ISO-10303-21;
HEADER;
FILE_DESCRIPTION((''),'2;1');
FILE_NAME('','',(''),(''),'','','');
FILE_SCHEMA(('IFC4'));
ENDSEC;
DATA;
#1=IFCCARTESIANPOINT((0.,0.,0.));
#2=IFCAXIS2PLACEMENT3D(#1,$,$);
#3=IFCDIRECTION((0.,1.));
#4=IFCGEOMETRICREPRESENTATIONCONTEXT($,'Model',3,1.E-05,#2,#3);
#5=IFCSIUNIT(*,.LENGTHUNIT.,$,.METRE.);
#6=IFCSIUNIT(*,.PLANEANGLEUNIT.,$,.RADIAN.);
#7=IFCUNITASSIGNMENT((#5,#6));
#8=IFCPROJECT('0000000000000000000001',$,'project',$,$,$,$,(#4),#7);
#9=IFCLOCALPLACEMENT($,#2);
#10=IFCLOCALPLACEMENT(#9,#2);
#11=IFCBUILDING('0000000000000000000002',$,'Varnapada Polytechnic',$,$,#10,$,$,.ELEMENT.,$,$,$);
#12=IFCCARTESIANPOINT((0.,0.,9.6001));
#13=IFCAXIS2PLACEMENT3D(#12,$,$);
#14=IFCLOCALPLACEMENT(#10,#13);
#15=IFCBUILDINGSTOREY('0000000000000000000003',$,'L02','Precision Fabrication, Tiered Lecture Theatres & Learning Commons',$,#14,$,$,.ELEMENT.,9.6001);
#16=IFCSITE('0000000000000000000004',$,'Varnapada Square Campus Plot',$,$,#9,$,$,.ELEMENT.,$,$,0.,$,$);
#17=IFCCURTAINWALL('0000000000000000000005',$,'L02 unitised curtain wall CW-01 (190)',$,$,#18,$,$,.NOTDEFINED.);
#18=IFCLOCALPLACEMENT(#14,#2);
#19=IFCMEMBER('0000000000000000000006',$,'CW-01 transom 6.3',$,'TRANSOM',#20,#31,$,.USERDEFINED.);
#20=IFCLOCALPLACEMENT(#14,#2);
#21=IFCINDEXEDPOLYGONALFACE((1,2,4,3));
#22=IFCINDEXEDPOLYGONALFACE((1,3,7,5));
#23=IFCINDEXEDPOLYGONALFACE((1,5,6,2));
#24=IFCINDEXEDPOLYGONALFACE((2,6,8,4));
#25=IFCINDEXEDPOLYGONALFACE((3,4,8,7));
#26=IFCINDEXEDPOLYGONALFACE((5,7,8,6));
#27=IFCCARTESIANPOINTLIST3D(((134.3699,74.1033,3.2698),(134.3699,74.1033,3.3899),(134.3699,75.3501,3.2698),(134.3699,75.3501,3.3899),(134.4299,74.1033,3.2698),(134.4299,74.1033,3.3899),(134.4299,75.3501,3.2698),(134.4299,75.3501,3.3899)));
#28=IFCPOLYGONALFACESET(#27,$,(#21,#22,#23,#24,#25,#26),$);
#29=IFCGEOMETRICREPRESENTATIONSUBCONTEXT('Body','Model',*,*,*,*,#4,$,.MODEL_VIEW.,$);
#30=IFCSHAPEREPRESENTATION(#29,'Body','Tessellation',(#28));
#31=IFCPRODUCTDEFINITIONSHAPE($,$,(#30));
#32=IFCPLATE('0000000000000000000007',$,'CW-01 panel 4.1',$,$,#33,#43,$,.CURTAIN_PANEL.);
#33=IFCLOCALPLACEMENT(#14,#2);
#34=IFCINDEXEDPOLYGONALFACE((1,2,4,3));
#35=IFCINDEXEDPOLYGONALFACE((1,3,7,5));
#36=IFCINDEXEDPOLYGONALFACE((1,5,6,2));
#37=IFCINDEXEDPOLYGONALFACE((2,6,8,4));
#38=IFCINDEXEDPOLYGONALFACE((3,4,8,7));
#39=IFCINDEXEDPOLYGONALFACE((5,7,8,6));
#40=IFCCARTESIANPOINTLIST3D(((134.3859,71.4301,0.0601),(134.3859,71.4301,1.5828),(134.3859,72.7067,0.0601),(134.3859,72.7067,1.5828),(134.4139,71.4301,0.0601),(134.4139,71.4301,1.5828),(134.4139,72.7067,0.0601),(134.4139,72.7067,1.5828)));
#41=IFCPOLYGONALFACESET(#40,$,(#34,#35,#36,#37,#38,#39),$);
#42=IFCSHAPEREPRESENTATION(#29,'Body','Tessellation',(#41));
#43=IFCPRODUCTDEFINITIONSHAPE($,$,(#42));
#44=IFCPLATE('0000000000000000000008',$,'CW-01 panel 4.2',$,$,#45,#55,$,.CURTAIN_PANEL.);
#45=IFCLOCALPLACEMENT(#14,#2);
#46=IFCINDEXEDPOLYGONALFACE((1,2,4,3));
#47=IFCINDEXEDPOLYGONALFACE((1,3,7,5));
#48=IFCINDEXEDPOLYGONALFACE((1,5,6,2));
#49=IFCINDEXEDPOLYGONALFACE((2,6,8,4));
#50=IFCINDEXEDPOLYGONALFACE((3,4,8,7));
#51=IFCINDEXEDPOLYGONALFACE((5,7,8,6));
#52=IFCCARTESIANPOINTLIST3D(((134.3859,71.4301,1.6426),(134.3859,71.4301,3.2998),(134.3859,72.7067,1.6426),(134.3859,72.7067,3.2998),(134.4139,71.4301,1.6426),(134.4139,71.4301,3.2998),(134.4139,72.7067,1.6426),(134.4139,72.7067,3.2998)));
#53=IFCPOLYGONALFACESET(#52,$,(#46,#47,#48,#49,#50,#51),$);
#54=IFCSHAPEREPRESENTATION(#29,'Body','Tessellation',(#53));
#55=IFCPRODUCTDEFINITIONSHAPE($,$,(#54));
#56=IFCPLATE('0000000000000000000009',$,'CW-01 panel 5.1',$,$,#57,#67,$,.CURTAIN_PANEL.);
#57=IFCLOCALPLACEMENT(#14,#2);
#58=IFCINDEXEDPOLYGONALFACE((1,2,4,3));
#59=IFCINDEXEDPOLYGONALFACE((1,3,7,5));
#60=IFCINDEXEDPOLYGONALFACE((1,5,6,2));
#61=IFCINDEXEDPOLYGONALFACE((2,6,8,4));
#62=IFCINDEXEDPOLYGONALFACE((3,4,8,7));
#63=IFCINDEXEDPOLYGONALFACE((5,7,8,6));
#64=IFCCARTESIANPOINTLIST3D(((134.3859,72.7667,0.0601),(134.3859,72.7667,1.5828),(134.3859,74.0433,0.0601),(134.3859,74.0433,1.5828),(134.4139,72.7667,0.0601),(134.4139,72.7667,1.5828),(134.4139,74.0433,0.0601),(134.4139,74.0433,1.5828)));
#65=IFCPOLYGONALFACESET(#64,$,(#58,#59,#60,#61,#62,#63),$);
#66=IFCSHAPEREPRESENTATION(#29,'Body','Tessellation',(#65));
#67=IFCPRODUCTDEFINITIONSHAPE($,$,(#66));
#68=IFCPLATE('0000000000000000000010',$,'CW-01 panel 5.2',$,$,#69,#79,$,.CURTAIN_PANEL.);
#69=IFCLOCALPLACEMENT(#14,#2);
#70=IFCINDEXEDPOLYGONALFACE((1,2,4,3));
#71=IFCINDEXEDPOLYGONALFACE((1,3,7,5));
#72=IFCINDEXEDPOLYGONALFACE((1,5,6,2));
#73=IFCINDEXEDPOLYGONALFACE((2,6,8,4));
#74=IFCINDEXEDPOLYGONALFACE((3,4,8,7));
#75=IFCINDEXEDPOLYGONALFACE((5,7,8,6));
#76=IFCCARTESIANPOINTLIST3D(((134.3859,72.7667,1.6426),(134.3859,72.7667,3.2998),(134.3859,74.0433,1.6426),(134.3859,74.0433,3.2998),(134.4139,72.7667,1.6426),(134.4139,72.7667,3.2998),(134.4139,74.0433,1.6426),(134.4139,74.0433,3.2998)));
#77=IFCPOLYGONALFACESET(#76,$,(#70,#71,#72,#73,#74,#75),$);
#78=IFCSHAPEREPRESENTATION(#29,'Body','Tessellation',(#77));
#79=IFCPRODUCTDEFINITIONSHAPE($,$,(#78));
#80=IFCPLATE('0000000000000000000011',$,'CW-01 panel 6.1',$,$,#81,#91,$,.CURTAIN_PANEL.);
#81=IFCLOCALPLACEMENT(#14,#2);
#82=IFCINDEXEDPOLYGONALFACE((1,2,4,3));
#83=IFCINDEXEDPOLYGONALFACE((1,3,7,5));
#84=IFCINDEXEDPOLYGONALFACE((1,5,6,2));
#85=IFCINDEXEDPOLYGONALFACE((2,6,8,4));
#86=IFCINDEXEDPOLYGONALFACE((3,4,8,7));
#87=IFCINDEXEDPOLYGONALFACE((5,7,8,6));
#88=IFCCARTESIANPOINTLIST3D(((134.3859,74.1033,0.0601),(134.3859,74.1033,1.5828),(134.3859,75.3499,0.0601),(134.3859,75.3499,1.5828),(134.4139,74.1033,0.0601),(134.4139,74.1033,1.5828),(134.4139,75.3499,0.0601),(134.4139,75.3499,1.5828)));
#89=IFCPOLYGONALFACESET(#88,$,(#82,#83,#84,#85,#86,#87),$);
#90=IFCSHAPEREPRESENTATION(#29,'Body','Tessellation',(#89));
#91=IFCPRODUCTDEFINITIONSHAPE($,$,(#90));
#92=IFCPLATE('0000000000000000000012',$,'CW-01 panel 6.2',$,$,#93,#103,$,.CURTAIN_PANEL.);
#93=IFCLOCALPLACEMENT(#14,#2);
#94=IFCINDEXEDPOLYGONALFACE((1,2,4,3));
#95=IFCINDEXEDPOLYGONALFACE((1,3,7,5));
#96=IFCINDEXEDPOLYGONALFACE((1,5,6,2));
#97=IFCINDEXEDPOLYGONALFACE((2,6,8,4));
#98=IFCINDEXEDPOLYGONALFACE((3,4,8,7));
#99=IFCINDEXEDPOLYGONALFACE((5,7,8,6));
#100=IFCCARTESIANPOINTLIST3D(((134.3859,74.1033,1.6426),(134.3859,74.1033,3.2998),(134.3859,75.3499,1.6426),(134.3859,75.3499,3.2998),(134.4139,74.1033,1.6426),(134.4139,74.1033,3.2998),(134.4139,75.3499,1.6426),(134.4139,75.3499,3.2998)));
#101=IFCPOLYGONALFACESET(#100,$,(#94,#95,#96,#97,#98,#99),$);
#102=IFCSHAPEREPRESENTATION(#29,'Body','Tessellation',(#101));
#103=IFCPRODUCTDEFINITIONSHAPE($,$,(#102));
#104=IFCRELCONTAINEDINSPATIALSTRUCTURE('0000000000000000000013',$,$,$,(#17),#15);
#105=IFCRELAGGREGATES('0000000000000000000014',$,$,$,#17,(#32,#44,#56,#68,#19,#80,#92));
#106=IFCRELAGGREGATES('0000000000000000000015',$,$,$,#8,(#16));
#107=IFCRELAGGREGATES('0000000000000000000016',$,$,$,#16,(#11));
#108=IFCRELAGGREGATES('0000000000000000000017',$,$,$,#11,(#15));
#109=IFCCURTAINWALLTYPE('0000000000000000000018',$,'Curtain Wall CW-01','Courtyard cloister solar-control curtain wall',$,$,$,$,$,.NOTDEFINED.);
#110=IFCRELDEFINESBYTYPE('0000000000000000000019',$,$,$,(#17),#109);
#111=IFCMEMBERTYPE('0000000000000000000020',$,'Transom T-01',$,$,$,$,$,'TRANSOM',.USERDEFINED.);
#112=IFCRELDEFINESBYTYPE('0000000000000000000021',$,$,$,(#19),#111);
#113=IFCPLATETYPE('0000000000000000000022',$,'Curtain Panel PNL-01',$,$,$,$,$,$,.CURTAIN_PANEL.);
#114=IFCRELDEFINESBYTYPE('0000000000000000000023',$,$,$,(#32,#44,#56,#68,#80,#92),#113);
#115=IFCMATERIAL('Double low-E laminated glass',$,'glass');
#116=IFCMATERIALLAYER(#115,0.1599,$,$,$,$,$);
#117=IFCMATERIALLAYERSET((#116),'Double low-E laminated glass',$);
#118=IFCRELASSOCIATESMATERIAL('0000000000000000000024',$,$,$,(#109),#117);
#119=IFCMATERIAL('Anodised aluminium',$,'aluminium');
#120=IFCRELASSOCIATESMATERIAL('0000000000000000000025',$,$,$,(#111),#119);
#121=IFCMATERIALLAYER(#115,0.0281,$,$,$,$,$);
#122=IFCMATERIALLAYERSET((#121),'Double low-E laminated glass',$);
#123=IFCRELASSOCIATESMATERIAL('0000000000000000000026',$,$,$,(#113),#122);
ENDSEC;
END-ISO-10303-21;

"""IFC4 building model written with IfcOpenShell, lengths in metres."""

from ifc_helpers import new_model, si_unit, direction, frame, origin, origin_2d, place, context, subcontext, project, spatial, rectangle, extrude, material, layer, layer_set, material_profile, profile_set, type_object, element, aggregate, save


model = new_model("IFC4")

# Units and contexts
model_context = context("Model", 3, precision=1e-05, world=origin(), true_north=direction((0.0, 1.0)))
body_context = subcontext(model_context, "Body", "Model", "MODEL_VIEW")
ifc_project = project(units=[si_unit("LENGTHUNIT", "METRE"), si_unit("PLANEANGLEUNIT", "RADIAN")], contexts=[model_context])

# Site, building, storey
site_placement = place(None, origin())
site = spatial("IfcSite", under=ifc_project, at=site_placement, Name="Varnapada Square Campus Plot", CompositionType="ELEMENT", RefElevation=0.0)
building_placement = place(site_placement, origin())
building = spatial("IfcBuilding", under=site, at=building_placement, Name="Varnapada Polytechnic", CompositionType="ELEMENT")
storey_placement = place(building_placement, frame((0.0, 0.0, 9.6001)))
storey = spatial("IfcBuildingStorey", under=building, at=storey_placement, Name="L02", Description="Precision Fabrication, Tiered Lecture Theatres & Learning Commons", CompositionType="ELEMENT", Elevation=9.6001)

# Curtain wall, member, plates
ifc_material_1 = material(Name="Double low-E laminated glass", Category="glass")
ifc_layer_1 = layer(ifc_material_1, 0.1599)
ifc_layer_set_1 = layer_set([ifc_layer_1], Name="Double low-E laminated glass")
curtain_wall_type = type_object("IfcCurtainWallType", Name="Curtain Wall CW-01", Description="Courtyard cloister solar-control curtain wall", PredefinedType="NOTDEFINED", material=ifc_layer_set_1)
curtain_wall_placement = place(storey_placement, origin())
curtain_wall = element("IfcCurtainWall", 1, at=curtain_wall_placement, inside=storey, type_object=curtain_wall_type, Name="L02 unitised curtain wall CW-01 (190)", PredefinedType="NOTDEFINED")
ifc_material_2 = material(Name="Anodised aluminium", Category="aluminium")
ifc_material_profile_1 = material_profile(ifc_material_2, rectangle(XDim=0.0601, YDim=0.1201, at=origin_2d()), Name="ALU T60x120")
ifc_profile_set_1 = profile_set([ifc_material_profile_1], Name="Anodised aluminium")
member_type_1 = type_object("IfcMemberType", Name="Transom T-01", ElementType="TRANSOM", PredefinedType="USERDEFINED", material=ifc_profile_set_1)
member_1_placement = place(storey_placement, frame((134.3999, 74.1033, 3.3298), z_axis=(0.0, 1.0, 0.0), x_axis=(-1.0, 0.0, 0.0)))
member_1 = element("IfcMember", 2, at=member_1_placement, type_object=member_type_1, Name="CW-01 transom 6.3", ObjectType="TRANSOM", PredefinedType="USERDEFINED", context=body_context, shape_type="SweptSolid", body=[
    extrude(rectangle(XDim=0.0601, YDim=0.1201, at=origin_2d()), origin(), (0.0, 0.0, 1.0), 1.2468),
])
ifc_layer_2 = layer(ifc_material_1, 0.0281)
ifc_layer_set_2 = layer_set([ifc_layer_2], Name="Double low-E laminated glass")
plate_type = type_object("IfcPlateType", Name="Curtain Panel PNL-01", PredefinedType="CURTAIN_PANEL", material=ifc_layer_set_2)
plate_1_placement = place(storey_placement, frame((134.3999, 72.0684, 0.0601), z_axis=(0.0, 0.0, 1.0), x_axis=(0.0, 1.0, 0.0)))
plate_1 = element("IfcPlate", 3, at=plate_1_placement, type_object=plate_type, Name="CW-01 panel 4.1", PredefinedType="CURTAIN_PANEL", context=body_context, shape_type="SweptSolid", body=[
    extrude(rectangle(XDim=1.2766, YDim=0.0281, at=origin_2d()), origin(), (0.0, 0.0, 1.0), 1.5227),
])
plate_2_placement = place(storey_placement, frame((134.3999, 72.0684, 1.6426), z_axis=(0.0, 0.0, 1.0), x_axis=(0.0, 1.0, 0.0)))
plate_2 = element("IfcPlate", 4, at=plate_2_placement, type_object=plate_type, Name="CW-01 panel 4.2", PredefinedType="CURTAIN_PANEL", context=body_context, shape_type="SweptSolid", body=[
    extrude(rectangle(XDim=1.2766, YDim=0.0281, at=origin_2d()), origin(), (0.0, 0.0, 1.0), 1.6572),
])
plate_3_placement = place(storey_placement, frame((134.3999, 73.405, 0.0601), z_axis=(0.0, 0.0, 1.0), x_axis=(0.0, 1.0, 0.0)))
plate_3 = element("IfcPlate", 5, at=plate_3_placement, type_object=plate_type, Name="CW-01 panel 5.1", PredefinedType="CURTAIN_PANEL", context=body_context, shape_type="SweptSolid", body=[
    extrude(rectangle(XDim=1.2766, YDim=0.0281, at=origin_2d()), origin(), (0.0, 0.0, 1.0), 1.5227),
])
plate_4_placement = place(storey_placement, frame((134.3999, 73.405, 1.6426), z_axis=(0.0, 0.0, 1.0), x_axis=(0.0, 1.0, 0.0)))
plate_4 = element("IfcPlate", 6, at=plate_4_placement, type_object=plate_type, Name="CW-01 panel 5.2", PredefinedType="CURTAIN_PANEL", context=body_context, shape_type="SweptSolid", body=[
    extrude(rectangle(XDim=1.2766, YDim=0.0281, at=origin_2d()), origin(), (0.0, 0.0, 1.0), 1.6572),
])
plate_5_placement = place(storey_placement, frame((134.3999, 74.7266, 0.0601), z_axis=(0.0, 0.0, 1.0), x_axis=(0.0, 1.0, 0.0)))
plate_5 = element("IfcPlate", 7, at=plate_5_placement, type_object=plate_type, Name="CW-01 panel 6.1", PredefinedType="CURTAIN_PANEL", context=body_context, shape_type="SweptSolid", body=[
    extrude(rectangle(XDim=1.2466, YDim=0.0281, at=origin_2d()), origin(), (0.0, 0.0, 1.0), 1.5227),
])
plate_6_placement = place(storey_placement, frame((134.3999, 74.7266, 1.6426), z_axis=(0.0, 0.0, 1.0), x_axis=(0.0, 1.0, 0.0)))
plate_6 = element("IfcPlate", 8, at=plate_6_placement, type_object=plate_type, Name="CW-01 panel 6.2", PredefinedType="CURTAIN_PANEL", context=body_context, shape_type="SweptSolid", body=[
    extrude(rectangle(XDim=1.2466, YDim=0.0281, at=origin_2d()), origin(), (0.0, 0.0, 1.0), 1.6572),
])
aggregate(curtain_wall, [plate_1, plate_2, plate_3, plate_4, member_1, plate_5, plate_6])

save(model, "model.ifc")
